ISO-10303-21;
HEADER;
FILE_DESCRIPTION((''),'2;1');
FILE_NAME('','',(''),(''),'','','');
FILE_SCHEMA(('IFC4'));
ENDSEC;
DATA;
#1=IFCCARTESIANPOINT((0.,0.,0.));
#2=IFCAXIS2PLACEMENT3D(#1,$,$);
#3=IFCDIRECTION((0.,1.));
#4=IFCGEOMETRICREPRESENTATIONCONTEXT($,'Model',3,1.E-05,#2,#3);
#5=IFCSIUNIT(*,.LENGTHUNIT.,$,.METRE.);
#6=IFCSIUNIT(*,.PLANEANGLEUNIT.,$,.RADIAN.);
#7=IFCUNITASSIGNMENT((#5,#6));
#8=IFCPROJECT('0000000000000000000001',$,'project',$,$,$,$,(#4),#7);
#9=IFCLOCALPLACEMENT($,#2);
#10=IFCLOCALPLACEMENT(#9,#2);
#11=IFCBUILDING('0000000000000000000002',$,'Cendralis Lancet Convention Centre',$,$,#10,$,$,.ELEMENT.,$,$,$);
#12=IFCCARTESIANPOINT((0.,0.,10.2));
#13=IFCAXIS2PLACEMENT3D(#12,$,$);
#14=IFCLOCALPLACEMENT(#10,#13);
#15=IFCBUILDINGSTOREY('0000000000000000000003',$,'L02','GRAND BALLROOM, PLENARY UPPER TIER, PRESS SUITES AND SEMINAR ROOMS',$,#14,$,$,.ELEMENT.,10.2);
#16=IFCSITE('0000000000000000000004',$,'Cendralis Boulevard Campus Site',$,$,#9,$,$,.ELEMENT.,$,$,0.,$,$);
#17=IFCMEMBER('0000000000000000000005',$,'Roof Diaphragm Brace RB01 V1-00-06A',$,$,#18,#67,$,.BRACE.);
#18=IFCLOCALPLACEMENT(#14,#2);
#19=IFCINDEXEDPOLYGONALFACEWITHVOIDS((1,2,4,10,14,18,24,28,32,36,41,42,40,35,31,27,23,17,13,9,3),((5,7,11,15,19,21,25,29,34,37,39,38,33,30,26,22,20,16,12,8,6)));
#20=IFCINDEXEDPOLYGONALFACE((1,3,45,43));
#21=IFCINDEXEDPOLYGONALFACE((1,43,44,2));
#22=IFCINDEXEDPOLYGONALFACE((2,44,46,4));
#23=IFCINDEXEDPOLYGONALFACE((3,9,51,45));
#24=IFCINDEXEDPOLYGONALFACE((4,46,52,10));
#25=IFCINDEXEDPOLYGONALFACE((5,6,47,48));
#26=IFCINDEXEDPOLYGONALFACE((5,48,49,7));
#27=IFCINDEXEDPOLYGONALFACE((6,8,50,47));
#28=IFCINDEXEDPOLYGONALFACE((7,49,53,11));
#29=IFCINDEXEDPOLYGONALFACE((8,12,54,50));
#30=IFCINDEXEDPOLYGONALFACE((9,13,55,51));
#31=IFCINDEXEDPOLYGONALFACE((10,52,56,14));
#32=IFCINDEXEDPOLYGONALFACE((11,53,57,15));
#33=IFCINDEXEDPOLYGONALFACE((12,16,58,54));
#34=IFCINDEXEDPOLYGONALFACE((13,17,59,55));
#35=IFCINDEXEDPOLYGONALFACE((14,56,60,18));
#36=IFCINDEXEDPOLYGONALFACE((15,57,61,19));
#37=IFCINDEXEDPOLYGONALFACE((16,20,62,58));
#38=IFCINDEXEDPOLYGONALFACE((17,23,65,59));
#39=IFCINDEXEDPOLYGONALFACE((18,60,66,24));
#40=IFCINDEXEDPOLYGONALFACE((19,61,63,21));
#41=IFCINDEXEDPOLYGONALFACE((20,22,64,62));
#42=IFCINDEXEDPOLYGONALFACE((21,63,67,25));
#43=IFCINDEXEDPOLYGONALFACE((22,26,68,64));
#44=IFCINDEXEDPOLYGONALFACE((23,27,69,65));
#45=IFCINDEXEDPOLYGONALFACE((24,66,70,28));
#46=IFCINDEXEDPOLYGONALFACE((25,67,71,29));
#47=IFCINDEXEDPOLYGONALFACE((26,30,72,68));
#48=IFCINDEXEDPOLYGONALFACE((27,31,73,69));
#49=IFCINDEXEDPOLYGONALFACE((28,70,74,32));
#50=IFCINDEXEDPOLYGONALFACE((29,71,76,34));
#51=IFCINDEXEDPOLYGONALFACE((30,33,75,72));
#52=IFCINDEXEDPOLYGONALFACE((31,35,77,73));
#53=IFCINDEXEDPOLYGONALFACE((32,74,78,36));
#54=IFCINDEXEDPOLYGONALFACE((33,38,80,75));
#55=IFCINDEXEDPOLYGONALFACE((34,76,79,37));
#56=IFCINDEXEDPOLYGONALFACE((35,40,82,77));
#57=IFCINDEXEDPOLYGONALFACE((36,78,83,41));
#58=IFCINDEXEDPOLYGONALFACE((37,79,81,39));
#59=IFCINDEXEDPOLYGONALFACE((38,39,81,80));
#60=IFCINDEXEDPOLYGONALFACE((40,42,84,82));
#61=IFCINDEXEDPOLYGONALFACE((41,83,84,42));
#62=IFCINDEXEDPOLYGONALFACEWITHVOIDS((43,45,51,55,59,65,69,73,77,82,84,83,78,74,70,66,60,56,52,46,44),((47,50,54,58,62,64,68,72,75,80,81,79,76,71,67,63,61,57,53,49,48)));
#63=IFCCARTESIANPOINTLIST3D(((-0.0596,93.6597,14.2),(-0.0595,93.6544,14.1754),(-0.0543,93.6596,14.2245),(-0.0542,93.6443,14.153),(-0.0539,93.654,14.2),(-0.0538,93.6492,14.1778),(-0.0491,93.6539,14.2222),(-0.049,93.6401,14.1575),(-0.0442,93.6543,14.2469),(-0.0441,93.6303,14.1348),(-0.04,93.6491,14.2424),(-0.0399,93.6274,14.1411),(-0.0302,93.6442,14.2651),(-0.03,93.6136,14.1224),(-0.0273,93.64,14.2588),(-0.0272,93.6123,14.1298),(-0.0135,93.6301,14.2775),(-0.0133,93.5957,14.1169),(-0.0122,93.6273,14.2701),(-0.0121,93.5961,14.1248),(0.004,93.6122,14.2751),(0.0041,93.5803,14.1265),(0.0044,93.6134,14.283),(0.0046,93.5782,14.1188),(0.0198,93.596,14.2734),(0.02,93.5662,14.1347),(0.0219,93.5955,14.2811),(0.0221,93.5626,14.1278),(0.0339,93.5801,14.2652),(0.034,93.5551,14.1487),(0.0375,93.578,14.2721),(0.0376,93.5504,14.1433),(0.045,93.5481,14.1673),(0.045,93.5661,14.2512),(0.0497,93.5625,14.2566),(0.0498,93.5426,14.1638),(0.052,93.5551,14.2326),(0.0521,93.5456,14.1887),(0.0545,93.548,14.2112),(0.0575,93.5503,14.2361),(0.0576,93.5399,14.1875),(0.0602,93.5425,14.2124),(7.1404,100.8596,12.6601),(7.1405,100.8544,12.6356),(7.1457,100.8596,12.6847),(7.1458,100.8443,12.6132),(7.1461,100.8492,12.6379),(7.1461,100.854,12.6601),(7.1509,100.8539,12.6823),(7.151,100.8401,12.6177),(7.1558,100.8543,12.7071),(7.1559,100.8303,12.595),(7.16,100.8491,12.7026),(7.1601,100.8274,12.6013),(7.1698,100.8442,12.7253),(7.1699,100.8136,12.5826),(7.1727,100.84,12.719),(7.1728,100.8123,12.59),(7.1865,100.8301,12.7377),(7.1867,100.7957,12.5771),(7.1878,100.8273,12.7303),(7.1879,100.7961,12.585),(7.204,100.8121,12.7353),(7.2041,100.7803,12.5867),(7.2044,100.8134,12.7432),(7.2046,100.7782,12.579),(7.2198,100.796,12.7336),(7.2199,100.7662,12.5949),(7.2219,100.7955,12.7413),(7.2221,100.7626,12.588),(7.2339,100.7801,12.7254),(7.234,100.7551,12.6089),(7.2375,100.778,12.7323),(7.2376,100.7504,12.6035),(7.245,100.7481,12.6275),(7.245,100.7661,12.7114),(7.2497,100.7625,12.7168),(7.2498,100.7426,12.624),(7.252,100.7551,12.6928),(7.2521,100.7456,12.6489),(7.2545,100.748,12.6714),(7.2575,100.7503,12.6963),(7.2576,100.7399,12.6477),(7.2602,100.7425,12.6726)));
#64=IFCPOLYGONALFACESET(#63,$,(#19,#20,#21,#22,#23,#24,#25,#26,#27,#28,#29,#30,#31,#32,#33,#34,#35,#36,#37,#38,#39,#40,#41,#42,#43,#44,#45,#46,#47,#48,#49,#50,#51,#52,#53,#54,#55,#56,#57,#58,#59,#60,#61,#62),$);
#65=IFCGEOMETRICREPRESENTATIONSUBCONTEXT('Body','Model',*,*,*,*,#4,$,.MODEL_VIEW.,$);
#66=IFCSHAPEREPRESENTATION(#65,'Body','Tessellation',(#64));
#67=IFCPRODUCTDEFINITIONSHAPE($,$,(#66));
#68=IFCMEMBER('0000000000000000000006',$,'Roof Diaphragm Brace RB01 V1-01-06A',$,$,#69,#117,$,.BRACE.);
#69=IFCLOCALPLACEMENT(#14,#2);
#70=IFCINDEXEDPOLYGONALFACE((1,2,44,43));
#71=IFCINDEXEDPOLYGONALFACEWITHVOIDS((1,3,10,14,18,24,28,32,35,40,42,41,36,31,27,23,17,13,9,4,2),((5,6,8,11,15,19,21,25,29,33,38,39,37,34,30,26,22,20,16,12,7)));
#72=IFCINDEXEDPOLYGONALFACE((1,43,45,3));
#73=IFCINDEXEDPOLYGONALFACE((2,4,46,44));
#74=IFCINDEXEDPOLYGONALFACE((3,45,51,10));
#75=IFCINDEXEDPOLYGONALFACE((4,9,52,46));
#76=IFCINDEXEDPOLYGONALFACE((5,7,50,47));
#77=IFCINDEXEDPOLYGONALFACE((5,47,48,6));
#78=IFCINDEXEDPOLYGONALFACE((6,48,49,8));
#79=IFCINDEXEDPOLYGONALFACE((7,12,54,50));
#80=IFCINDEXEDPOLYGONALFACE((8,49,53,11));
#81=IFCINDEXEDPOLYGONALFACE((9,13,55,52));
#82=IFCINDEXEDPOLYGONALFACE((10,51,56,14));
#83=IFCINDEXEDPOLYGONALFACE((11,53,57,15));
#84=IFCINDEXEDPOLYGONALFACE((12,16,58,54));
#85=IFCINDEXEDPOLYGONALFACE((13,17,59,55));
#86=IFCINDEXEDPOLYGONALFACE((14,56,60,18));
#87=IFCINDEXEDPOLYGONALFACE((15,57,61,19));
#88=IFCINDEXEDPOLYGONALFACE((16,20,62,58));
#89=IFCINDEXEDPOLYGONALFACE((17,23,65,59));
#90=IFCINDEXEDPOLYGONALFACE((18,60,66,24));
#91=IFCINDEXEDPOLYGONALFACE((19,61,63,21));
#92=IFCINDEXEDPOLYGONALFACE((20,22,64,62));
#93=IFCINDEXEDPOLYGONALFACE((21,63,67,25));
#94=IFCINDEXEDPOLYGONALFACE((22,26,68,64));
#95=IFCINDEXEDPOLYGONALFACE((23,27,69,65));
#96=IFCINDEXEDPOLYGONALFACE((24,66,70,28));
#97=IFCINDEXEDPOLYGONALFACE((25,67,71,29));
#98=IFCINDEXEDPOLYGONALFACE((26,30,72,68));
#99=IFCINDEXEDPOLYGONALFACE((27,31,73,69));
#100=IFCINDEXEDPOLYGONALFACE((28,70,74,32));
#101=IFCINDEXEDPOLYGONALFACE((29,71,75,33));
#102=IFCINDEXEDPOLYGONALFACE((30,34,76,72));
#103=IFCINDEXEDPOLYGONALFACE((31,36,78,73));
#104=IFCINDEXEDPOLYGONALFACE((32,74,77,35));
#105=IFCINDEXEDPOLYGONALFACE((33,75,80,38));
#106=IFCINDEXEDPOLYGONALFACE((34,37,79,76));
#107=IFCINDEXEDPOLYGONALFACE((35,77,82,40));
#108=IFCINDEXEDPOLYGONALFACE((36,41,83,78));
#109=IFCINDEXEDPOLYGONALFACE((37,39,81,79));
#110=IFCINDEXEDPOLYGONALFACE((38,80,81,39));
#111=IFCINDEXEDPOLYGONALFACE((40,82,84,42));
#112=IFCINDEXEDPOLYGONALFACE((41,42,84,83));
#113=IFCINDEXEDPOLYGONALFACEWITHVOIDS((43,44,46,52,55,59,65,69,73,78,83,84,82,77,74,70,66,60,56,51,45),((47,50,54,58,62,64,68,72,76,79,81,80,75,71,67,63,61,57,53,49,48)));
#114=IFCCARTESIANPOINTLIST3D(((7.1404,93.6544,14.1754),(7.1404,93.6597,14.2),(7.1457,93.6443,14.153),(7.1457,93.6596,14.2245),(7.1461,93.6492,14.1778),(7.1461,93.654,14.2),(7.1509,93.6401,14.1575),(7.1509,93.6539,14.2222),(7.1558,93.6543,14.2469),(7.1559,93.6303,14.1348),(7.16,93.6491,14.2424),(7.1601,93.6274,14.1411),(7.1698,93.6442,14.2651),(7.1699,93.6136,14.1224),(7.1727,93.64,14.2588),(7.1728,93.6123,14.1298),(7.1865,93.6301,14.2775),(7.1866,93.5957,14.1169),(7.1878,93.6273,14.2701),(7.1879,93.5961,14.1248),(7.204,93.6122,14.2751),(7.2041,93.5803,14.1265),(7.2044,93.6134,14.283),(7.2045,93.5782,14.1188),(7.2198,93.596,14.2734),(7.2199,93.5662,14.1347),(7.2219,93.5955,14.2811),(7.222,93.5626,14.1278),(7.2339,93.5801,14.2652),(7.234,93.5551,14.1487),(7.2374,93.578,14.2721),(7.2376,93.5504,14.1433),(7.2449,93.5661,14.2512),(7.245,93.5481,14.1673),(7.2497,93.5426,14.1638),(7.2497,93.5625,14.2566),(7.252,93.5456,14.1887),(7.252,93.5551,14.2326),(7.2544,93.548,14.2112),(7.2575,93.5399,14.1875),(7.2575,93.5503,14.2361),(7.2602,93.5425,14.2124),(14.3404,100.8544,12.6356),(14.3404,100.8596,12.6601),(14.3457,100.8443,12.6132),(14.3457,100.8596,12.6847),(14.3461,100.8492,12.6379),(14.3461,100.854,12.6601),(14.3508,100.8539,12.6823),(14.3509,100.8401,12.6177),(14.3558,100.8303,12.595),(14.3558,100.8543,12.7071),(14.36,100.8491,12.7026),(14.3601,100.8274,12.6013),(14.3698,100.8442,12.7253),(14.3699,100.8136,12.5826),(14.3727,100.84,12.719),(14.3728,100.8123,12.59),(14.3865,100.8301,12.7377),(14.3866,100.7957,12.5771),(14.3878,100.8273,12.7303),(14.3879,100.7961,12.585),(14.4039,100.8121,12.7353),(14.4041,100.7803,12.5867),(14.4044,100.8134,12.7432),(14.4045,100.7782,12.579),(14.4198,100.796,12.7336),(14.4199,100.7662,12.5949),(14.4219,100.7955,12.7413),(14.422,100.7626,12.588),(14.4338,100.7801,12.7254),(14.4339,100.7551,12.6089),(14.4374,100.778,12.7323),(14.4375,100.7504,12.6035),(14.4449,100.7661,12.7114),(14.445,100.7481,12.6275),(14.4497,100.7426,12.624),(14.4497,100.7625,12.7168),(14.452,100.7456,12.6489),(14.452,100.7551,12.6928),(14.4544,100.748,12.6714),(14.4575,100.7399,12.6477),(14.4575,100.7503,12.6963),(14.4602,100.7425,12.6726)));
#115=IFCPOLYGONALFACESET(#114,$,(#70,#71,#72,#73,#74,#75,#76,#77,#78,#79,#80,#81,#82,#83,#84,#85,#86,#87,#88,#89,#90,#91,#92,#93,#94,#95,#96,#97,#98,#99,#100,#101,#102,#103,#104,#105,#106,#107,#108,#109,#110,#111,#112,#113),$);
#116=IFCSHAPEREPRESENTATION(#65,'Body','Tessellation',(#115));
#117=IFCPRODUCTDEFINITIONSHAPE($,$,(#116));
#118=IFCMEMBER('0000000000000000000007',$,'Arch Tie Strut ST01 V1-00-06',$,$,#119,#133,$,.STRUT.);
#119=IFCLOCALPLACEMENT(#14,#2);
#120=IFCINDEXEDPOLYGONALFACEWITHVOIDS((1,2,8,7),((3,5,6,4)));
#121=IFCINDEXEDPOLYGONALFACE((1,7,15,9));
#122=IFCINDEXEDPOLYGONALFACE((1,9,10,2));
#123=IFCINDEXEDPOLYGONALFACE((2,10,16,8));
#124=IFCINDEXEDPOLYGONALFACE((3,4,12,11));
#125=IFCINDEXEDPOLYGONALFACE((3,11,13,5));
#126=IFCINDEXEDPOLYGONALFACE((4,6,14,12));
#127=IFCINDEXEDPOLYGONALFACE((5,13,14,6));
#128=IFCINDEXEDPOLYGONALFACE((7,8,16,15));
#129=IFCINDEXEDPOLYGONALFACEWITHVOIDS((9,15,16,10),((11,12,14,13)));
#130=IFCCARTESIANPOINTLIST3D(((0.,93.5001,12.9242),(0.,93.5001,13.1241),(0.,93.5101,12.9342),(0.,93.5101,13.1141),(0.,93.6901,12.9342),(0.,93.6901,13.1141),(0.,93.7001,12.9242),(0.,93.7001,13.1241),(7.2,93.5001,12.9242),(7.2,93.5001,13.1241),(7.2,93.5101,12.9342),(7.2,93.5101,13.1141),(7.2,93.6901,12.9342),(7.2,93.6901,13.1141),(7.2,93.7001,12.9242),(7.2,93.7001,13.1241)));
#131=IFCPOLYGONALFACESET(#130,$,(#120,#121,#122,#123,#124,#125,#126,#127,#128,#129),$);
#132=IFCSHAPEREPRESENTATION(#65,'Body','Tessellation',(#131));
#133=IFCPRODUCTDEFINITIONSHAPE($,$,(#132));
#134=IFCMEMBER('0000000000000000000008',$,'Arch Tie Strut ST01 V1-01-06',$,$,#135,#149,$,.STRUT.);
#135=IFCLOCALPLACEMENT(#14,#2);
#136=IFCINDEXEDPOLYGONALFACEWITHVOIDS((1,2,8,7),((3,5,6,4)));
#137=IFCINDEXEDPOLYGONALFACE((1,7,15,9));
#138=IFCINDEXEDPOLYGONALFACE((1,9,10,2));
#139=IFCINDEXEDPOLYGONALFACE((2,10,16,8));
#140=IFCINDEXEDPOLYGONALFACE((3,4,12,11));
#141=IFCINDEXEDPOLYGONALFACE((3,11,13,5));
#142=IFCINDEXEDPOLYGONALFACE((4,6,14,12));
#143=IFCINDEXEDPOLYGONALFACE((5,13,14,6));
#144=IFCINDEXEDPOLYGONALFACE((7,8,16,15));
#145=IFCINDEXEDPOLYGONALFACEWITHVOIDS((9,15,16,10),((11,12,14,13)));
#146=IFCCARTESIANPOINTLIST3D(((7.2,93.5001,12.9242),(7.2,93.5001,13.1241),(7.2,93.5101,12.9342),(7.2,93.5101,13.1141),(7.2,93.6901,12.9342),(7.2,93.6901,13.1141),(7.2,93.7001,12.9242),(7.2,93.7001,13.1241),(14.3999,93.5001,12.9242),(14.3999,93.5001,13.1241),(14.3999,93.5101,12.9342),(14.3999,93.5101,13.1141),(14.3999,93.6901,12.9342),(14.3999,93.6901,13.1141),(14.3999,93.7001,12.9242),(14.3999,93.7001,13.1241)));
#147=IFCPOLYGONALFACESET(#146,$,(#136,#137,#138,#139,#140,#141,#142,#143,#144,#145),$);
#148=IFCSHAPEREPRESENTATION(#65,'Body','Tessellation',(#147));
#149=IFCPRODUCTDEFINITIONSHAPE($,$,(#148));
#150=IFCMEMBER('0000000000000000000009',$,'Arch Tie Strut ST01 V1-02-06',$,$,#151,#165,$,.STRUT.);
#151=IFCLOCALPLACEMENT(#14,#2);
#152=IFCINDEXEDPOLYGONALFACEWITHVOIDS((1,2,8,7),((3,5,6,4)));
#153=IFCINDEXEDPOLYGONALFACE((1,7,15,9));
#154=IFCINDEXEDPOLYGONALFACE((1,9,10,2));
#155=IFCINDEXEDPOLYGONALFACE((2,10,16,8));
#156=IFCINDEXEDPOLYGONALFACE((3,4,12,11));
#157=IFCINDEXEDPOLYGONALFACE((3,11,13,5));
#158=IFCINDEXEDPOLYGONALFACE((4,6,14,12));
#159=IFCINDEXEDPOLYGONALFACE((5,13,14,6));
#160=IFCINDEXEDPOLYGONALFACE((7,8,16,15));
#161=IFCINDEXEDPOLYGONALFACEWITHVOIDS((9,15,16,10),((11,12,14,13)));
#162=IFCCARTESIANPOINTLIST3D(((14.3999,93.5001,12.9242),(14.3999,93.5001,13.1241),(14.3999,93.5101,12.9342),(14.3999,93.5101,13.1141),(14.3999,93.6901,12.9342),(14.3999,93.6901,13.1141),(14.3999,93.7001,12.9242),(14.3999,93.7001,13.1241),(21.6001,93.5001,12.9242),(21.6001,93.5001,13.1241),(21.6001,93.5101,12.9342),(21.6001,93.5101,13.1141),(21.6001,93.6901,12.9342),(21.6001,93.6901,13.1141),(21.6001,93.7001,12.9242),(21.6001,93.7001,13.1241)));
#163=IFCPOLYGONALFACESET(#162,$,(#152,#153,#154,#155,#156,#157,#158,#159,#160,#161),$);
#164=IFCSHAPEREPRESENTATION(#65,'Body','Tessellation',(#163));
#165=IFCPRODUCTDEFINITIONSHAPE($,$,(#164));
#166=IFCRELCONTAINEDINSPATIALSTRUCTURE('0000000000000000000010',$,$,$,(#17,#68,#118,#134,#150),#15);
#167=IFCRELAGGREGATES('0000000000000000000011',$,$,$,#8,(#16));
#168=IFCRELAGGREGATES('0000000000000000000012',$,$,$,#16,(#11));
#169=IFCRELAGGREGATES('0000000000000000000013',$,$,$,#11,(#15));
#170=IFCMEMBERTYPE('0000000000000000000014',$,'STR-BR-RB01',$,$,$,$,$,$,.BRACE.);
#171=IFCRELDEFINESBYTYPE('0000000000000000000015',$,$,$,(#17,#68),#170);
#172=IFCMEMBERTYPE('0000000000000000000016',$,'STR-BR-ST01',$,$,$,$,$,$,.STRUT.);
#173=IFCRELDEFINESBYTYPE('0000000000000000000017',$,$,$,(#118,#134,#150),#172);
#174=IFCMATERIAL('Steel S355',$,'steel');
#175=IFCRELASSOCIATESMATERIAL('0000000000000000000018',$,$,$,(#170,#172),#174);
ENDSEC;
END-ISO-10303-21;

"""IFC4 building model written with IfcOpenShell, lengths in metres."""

from ifc_helpers import new_model, si_unit, direction, frame, origin, origin_2d, place, context, subcontext, project, spatial, hollow_rectangle, hollow_circle, extrude, material, material_profile, profile_set, type_object, element, save


model = new_model("IFC4")

# Units and contexts
model_context = context("Model", 3, precision=1e-05, world=origin(), true_north=direction((0.0, 1.0)))
body_context = subcontext(model_context, "Body", "Model", "MODEL_VIEW")
ifc_project = project(units=[si_unit("LENGTHUNIT", "METRE"), si_unit("PLANEANGLEUNIT", "RADIAN")], contexts=[model_context])

# Site, building, storey
site_placement = place(None, origin())
site = spatial("IfcSite", under=ifc_project, at=site_placement, Name="Cendralis Boulevard Campus Site", CompositionType="ELEMENT", RefElevation=0.0)
building_placement = place(site_placement, origin())
building = spatial("IfcBuilding", under=site, at=building_placement, Name="Cendralis Lancet Convention Centre", CompositionType="ELEMENT")
storey_placement = place(building_placement, frame((0.0, 0.0, 10.2)))
storey = spatial("IfcBuildingStorey", under=building, at=storey_placement, Name="L02", Description="GRAND BALLROOM, PLENARY UPPER TIER, PRESS SUITES AND SEMINAR ROOMS", CompositionType="ELEMENT", Elevation=10.2)

# Members
ifc_material = material(Name="Steel S355", Category="steel")
ifc_material_profile_1 = material_profile(ifc_material, hollow_circle(Radius=0.0842, WallThickness=0.0081, at=origin_2d()), Name="CHS 168.3x8.0")
ifc_profile_set_1 = profile_set([ifc_material_profile_1], Name="Steel S355")
member_type_1 = type_object("IfcMemberType", Name="STR-BR-RB01", PredefinedType="BRACE", material=ifc_profile_set_1)
for number, where, z_axis, x_axis, name in (
    (1, (0.0, 93.6001, 14.2), (0.699158, 0.699158, -0.149523), (-0.707107, 0.707107, 0.0), "Roof Diaphragm Brace RB01 V1-00-06A"),
    (2, (7.2, 93.6001, 14.2), (0.699158, 0.699158, -0.149523), (-0.707107, 0.707107, 0.0), "Roof Diaphragm Brace RB01 V1-01-06A"),
):
    element("IfcMember", number, at=place(storey_placement, frame(where, z_axis=z_axis, x_axis=x_axis)), inside=storey, type_object=member_type_1, Name=name, PredefinedType="BRACE", context=body_context, shape_type="SweptSolid", body=[
        extrude(hollow_circle(Radius=0.0842, WallThickness=0.0081, at=origin_2d()), origin(), (0.0, 0.0, 1.0), 10.2981),
    ])
ifc_material_profile_2 = material_profile(ifc_material, hollow_rectangle(XDim=0.2, YDim=0.2, WallThickness=0.01, at=origin_2d()), Name="SHS 200x200x10.0")
ifc_profile_set_2 = profile_set([ifc_material_profile_2], Name="Steel S355")
member_type_2 = type_object("IfcMemberType", Name="STR-BR-ST01", PredefinedType="STRUT", material=ifc_profile_set_2)
for number, where, z_axis, x_axis, name in (
    (3, (0.0, 93.6001, 13.0242), (1.0, 0.0, 0.0), (0.0, 1.0, 0.0), "Arch Tie Strut ST01 V1-00-06"),
    (4, (7.2, 93.6001, 13.0242), (1.0, 0.0, 0.0), (0.0, 1.0, 0.0), "Arch Tie Strut ST01 V1-01-06"),
):
    element("IfcMember", number, at=place(storey_placement, frame(where, z_axis=z_axis, x_axis=x_axis)), inside=storey, type_object=member_type_2, Name=name, PredefinedType="STRUT", context=body_context, shape_type="SweptSolid", body=[
        extrude(hollow_rectangle(XDim=0.2, YDim=0.2, WallThickness=0.01, at=origin_2d()), origin(), (0.0, 0.0, 1.0), 7.2),
    ])
member_1_placement = place(storey_placement, frame((14.3999, 93.6001, 13.0242), z_axis=(1.0, 0.0, 0.0), x_axis=(0.0, 1.0, 0.0)))
element("IfcMember", 5, at=member_1_placement, inside=storey, type_object=member_type_2, Name="Arch Tie Strut ST01 V1-02-06", PredefinedType="STRUT", context=body_context, shape_type="SweptSolid", body=[
    extrude(hollow_rectangle(XDim=0.2, YDim=0.2, WallThickness=0.01, at=origin_2d()), origin(), (0.0, 0.0, 1.0), 7.2002),
])

save(model, "model.ifc")
